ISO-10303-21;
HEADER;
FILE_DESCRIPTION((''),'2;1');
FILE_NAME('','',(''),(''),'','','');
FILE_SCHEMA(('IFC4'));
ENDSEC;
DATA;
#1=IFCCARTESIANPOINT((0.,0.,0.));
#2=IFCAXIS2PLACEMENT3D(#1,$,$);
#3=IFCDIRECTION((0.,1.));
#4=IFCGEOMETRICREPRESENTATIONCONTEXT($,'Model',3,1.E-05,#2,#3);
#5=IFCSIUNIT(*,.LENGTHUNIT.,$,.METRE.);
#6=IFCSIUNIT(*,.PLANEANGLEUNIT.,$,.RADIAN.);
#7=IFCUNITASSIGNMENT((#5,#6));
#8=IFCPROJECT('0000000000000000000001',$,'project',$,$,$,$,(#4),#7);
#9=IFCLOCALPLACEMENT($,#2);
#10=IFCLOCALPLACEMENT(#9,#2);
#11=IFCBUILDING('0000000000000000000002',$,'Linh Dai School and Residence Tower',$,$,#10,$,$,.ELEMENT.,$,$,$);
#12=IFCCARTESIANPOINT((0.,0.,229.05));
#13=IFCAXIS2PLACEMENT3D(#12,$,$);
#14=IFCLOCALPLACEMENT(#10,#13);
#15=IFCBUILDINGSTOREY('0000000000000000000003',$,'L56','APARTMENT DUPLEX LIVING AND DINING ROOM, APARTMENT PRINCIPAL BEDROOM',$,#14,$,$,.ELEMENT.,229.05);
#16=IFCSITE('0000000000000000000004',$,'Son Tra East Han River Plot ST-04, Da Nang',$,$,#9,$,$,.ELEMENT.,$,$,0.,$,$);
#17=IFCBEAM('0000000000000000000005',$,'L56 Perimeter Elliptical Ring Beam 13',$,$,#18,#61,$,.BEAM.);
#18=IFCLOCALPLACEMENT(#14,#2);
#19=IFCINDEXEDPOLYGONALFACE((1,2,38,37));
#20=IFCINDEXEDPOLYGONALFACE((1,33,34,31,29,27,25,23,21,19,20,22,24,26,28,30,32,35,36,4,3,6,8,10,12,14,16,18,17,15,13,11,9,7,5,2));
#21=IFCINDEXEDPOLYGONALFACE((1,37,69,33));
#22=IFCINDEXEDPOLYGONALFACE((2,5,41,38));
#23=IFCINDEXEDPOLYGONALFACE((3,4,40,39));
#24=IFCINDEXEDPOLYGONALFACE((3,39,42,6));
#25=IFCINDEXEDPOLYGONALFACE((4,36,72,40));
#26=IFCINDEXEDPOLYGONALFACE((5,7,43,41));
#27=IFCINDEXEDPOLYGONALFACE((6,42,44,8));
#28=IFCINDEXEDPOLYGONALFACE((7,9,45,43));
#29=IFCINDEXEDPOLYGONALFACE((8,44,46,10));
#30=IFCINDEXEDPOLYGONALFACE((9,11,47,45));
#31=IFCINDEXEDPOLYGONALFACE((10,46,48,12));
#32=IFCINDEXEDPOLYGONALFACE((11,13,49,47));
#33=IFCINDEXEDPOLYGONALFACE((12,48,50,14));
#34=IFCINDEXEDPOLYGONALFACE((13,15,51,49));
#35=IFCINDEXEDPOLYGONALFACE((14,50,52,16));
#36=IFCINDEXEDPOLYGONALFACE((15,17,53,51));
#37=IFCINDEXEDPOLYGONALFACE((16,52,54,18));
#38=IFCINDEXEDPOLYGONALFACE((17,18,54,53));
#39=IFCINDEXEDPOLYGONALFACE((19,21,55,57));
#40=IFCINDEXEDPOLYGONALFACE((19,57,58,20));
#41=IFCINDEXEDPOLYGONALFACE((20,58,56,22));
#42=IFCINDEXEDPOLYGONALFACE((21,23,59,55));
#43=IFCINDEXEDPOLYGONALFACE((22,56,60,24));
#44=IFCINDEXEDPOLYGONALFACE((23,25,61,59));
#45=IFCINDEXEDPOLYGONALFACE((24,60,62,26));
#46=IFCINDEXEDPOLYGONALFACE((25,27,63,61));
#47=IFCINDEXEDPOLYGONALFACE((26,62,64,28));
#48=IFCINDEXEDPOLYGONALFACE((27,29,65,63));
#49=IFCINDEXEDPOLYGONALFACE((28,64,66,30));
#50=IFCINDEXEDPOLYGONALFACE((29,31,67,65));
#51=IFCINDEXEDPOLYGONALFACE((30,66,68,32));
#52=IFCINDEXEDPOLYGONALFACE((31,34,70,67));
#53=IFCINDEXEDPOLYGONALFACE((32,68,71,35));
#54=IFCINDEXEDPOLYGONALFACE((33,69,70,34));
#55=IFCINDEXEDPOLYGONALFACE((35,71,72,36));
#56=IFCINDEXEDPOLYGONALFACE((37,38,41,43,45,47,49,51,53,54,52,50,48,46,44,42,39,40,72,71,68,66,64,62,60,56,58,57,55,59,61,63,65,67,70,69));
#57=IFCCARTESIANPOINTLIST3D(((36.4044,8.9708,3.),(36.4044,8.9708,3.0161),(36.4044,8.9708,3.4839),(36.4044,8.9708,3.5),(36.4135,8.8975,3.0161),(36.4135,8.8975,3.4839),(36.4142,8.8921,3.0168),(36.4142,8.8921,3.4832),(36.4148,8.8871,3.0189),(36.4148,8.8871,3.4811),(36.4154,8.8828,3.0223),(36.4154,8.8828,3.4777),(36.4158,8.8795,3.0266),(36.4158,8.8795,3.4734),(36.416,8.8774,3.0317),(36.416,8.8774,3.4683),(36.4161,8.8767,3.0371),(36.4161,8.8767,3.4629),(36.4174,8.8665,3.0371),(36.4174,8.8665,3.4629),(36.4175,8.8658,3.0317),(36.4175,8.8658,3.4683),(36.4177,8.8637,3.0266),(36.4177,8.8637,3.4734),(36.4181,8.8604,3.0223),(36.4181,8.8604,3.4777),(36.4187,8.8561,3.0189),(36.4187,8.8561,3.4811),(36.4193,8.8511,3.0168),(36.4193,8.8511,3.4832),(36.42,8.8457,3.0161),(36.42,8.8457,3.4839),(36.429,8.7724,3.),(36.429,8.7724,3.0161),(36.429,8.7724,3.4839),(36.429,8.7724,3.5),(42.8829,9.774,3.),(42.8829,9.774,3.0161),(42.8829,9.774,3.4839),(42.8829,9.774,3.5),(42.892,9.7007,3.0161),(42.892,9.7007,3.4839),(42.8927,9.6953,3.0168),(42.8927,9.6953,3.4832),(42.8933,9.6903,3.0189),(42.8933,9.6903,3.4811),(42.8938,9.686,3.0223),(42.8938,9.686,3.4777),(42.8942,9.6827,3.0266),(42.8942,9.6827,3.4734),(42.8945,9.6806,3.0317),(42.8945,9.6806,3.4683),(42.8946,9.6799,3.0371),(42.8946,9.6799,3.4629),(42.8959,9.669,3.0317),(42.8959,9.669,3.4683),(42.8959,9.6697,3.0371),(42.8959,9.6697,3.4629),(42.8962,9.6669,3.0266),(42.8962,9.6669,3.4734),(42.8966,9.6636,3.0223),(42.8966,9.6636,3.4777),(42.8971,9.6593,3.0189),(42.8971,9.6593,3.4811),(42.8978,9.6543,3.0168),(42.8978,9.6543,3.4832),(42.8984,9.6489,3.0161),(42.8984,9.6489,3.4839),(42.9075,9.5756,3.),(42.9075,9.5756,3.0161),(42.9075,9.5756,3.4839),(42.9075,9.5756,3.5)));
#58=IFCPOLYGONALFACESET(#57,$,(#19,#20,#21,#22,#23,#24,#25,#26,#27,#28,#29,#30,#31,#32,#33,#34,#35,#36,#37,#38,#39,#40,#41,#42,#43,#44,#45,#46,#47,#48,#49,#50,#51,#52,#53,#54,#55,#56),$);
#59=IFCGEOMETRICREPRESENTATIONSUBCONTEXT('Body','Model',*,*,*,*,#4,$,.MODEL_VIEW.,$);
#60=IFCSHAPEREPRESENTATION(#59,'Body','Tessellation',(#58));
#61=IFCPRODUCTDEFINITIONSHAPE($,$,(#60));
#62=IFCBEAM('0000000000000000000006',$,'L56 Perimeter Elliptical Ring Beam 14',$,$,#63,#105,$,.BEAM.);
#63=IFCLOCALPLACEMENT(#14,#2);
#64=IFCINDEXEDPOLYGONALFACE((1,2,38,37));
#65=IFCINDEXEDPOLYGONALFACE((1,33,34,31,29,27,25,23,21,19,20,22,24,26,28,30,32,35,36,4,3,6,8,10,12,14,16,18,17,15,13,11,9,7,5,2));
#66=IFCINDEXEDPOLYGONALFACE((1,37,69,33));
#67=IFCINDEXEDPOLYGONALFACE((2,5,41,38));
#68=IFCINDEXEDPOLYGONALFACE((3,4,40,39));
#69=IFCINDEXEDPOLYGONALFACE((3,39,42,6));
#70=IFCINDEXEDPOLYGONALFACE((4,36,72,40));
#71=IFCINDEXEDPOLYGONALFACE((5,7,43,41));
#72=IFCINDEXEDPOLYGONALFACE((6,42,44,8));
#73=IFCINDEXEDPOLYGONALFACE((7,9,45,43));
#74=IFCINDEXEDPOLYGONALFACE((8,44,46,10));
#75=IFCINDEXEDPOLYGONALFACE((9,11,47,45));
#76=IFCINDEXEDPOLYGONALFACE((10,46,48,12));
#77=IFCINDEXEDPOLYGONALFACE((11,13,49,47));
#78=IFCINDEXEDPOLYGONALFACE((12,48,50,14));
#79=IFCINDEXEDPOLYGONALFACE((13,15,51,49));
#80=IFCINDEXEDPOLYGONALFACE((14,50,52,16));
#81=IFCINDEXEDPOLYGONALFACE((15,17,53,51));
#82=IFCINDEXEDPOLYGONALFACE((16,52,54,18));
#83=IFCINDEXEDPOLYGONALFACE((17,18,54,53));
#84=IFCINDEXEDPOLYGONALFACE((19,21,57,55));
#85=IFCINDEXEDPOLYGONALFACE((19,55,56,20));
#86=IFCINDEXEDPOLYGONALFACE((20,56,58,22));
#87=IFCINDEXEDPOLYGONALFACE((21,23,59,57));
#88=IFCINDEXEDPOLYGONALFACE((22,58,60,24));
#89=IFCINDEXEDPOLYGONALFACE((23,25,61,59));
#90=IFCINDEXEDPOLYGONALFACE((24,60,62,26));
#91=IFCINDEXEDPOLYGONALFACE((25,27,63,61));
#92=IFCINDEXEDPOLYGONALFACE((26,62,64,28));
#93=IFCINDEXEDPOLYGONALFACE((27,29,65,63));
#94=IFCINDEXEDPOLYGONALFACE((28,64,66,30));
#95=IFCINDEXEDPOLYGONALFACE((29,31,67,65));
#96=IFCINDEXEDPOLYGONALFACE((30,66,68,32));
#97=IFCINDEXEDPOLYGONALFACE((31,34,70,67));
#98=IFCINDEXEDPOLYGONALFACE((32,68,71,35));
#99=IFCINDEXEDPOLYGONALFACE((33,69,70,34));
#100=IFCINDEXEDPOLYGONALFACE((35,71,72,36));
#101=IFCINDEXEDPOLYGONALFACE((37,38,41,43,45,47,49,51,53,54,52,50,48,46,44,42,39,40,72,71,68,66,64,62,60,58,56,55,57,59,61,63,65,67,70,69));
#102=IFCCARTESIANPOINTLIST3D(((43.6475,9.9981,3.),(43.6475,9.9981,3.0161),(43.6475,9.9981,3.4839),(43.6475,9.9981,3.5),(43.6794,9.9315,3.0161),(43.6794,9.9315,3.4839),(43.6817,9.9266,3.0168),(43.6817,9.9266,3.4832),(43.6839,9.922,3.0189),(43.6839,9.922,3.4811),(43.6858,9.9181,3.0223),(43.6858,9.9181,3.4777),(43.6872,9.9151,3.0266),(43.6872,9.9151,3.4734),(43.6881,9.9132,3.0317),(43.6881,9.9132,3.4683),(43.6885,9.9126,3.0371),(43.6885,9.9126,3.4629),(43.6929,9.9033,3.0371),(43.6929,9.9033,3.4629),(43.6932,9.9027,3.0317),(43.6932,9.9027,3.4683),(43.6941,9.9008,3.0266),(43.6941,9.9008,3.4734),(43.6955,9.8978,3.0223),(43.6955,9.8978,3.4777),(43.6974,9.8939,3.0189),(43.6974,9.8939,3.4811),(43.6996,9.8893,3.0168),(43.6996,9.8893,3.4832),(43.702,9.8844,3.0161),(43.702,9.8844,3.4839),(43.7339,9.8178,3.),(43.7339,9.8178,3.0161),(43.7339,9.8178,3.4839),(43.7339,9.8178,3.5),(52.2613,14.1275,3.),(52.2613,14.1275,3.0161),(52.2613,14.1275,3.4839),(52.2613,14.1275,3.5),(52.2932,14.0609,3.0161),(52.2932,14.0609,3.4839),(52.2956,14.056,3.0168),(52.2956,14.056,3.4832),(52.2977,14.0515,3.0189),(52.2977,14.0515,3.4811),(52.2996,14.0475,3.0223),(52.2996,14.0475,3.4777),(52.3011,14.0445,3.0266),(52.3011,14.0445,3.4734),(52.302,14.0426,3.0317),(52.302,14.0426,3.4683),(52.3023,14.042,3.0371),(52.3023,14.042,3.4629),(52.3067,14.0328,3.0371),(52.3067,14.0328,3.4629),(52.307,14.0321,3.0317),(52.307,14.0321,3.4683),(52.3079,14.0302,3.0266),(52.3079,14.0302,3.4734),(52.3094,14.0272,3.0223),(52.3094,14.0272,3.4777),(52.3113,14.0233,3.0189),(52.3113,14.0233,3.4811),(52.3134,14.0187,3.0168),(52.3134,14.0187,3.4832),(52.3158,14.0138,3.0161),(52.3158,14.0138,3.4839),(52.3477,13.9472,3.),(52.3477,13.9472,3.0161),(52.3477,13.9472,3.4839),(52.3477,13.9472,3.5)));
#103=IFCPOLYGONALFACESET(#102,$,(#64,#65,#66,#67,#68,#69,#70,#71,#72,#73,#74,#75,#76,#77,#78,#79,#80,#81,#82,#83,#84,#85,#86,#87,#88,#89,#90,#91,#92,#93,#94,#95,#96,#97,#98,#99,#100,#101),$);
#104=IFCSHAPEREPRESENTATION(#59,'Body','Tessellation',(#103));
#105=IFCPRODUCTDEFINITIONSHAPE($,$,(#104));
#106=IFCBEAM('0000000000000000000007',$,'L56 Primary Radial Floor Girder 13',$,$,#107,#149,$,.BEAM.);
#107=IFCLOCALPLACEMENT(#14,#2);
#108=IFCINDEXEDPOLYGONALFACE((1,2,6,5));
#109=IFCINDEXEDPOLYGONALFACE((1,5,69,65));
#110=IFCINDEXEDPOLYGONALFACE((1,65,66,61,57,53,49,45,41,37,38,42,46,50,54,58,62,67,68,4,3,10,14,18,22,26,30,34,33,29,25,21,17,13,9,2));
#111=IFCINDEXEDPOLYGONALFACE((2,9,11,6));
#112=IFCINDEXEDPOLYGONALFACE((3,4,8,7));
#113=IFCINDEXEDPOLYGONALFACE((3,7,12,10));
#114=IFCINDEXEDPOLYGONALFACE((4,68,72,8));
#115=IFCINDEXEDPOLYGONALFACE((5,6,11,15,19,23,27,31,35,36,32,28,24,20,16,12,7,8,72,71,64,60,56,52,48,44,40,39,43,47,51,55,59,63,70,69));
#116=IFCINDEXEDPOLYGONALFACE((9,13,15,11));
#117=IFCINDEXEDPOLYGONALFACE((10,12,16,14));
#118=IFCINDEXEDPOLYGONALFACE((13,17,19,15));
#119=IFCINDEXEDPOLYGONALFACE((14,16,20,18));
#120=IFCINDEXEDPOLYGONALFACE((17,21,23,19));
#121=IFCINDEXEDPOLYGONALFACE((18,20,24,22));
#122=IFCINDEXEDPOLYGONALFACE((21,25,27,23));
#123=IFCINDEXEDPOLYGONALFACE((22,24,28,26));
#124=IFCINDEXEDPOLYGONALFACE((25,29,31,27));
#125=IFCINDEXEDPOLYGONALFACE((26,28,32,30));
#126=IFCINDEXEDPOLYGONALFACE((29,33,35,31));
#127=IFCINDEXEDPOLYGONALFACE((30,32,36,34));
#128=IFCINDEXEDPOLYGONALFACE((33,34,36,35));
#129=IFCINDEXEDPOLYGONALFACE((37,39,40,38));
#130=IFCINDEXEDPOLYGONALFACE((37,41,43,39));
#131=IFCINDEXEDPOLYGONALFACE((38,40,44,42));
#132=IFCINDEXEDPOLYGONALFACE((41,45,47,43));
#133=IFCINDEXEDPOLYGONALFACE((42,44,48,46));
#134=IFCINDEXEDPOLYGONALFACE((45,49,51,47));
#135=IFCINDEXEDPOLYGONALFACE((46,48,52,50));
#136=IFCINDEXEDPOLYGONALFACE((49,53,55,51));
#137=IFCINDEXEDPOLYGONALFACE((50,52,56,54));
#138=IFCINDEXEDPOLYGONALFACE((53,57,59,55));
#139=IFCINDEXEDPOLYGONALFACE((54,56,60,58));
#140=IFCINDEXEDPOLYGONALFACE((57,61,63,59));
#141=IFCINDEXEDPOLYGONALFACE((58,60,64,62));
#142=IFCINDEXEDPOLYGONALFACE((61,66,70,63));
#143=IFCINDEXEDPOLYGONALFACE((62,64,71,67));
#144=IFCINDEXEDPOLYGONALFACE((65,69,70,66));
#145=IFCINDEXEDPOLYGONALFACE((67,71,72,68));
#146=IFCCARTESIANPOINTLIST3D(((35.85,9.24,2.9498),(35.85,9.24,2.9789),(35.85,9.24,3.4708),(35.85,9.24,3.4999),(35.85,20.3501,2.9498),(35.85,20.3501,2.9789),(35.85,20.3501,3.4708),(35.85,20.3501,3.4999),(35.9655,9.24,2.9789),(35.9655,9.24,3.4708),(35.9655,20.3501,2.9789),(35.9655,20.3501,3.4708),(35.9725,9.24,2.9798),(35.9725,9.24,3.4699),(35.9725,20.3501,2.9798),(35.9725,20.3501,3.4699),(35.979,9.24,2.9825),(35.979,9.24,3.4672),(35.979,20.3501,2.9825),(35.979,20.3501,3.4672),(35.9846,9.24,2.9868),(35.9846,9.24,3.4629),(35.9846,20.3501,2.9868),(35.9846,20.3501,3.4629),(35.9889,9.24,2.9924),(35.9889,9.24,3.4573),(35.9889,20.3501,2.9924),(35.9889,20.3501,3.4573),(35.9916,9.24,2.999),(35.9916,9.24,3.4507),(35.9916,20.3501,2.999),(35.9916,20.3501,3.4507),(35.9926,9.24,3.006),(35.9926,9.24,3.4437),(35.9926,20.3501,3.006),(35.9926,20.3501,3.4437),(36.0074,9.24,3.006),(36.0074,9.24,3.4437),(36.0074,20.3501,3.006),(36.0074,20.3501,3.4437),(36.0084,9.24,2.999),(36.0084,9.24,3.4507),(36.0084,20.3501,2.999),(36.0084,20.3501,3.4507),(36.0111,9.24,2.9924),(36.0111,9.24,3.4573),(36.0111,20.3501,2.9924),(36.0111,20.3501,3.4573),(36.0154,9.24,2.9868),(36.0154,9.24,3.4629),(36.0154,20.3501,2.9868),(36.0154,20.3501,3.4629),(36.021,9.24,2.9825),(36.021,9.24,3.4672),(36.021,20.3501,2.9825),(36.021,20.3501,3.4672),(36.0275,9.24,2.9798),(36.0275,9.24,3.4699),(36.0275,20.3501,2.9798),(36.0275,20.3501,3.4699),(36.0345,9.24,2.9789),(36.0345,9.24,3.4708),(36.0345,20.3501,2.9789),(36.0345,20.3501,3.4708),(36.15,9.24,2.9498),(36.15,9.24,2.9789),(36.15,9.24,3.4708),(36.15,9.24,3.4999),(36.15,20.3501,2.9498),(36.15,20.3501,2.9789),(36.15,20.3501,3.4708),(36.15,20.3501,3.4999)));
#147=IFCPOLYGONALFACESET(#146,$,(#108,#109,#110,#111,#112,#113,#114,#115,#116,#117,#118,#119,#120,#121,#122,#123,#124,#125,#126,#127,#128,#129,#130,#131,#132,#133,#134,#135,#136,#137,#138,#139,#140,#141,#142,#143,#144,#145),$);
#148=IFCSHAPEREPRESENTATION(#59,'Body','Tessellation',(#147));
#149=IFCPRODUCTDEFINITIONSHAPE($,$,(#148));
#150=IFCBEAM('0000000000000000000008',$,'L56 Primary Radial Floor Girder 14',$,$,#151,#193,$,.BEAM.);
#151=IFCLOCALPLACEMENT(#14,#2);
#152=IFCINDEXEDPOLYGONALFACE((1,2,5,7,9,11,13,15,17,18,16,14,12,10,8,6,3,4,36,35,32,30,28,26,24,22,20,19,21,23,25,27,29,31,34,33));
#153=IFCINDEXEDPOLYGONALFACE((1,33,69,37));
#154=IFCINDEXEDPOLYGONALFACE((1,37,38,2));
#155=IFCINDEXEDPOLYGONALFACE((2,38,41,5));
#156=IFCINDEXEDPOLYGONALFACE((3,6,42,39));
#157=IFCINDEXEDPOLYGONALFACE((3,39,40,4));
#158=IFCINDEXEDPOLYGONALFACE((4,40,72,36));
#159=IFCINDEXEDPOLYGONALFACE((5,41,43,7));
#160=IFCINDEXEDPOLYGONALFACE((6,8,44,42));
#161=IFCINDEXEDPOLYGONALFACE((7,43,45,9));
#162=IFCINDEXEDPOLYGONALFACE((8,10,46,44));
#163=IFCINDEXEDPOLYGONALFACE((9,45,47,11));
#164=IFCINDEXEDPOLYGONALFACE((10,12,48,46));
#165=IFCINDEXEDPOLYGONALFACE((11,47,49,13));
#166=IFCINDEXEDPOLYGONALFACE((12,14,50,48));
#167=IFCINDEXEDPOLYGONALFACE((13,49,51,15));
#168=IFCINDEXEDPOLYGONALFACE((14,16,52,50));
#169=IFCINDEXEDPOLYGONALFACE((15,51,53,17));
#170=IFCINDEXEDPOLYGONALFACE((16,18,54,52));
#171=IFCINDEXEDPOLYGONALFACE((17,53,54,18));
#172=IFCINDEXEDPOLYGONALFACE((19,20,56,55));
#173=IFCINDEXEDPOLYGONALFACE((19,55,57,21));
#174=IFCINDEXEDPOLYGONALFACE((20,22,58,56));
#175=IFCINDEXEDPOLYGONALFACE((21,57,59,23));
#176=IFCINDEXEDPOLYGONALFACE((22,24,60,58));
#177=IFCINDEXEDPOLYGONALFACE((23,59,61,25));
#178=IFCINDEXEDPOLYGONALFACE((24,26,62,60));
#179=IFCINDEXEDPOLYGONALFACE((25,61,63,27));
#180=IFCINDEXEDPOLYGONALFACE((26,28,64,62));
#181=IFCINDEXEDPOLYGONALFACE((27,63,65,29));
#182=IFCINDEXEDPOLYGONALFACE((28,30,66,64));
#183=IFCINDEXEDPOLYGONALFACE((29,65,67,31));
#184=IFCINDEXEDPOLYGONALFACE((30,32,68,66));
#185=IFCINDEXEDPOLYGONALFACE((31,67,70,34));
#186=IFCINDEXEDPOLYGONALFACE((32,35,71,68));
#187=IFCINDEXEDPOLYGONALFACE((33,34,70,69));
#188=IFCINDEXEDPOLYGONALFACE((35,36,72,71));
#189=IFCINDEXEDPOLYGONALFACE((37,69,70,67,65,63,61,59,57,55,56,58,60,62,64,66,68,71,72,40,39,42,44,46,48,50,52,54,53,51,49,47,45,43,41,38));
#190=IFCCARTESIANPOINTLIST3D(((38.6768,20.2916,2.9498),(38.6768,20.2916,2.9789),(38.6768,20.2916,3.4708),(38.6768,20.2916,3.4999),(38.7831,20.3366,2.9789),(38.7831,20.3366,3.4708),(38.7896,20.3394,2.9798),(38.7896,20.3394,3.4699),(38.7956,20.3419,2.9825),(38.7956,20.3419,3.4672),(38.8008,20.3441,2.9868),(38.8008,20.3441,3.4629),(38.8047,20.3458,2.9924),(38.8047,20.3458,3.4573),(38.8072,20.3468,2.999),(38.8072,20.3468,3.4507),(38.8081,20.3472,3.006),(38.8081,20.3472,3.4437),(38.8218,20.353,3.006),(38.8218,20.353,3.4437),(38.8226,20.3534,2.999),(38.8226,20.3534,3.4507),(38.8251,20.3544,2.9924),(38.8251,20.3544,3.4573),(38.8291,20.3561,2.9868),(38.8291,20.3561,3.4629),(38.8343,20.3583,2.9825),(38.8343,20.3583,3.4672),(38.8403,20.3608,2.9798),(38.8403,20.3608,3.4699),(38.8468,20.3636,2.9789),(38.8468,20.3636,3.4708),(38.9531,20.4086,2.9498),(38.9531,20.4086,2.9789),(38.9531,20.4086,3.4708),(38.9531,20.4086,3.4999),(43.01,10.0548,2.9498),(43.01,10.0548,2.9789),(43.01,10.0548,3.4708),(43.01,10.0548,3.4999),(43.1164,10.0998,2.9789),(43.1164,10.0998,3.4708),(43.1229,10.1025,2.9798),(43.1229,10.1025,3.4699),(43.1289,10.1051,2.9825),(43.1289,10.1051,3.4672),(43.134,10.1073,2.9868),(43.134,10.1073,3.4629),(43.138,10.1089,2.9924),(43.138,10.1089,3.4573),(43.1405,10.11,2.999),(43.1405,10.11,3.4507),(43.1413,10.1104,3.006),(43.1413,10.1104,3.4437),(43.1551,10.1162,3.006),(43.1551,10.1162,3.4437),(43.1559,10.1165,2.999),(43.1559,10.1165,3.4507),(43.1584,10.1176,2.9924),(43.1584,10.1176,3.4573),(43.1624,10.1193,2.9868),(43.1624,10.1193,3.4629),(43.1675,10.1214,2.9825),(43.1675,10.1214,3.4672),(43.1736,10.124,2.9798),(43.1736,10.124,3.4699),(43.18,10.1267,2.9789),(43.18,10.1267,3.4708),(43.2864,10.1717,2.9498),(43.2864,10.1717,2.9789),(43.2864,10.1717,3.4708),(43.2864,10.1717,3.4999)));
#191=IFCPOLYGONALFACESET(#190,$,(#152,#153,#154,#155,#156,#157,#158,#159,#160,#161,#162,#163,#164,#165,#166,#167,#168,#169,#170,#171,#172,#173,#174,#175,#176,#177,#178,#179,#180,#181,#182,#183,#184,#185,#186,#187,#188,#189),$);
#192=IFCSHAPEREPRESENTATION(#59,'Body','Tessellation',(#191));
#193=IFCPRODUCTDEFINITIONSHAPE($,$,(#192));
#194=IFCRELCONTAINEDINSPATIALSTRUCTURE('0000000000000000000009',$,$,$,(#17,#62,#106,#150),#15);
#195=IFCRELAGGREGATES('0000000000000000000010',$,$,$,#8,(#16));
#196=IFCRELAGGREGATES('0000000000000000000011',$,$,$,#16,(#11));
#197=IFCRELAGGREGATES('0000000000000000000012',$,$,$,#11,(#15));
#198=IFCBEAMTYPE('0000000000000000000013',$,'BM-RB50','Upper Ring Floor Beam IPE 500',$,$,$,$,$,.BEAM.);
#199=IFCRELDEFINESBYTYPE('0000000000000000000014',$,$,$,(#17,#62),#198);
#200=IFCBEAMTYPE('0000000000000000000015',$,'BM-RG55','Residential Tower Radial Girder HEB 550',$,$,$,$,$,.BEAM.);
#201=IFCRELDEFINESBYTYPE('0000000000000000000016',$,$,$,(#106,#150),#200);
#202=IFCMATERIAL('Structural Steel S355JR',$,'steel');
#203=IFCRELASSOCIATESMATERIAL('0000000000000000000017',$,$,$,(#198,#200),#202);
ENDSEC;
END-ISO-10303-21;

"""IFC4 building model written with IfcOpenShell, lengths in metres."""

from ifc_helpers import new_model, si_unit, direction, frame, origin, origin_2d, place, context, subcontext, project, spatial, i_section, extrude, material, material_profile, profile_set, type_object, element, save


model = new_model("IFC4")

# Units and contexts
model_context = context("Model", 3, precision=1e-05, world=origin(), true_north=direction((0.0, 1.0)))
body_context = subcontext(model_context, "Body", "Model", "MODEL_VIEW")
ifc_project = project(units=[si_unit("LENGTHUNIT", "METRE"), si_unit("PLANEANGLEUNIT", "RADIAN")], contexts=[model_context])

# Site, building, storey
site_placement = place(None, origin())
site = spatial("IfcSite", under=ifc_project, at=site_placement, Name="Son Tra East Han River Plot ST-04, Da Nang", CompositionType="ELEMENT", RefElevation=0.0)
building_placement = place(site_placement, origin())
building = spatial("IfcBuilding", under=site, at=building_placement, Name="Linh Dai School and Residence Tower", CompositionType="ELEMENT")
storey_placement = place(building_placement, frame((0.0, 0.0, 229.05)))
storey = spatial("IfcBuildingStorey", under=building, at=storey_placement, Name="L56", Description="APARTMENT DUPLEX LIVING AND DINING ROOM, APARTMENT PRINCIPAL BEDROOM", CompositionType="ELEMENT", Elevation=229.05)

# Shared definitions
ifc_material_1 = material(Name="Structural Steel S355JR", Category="steel")

# Beams
ifc_material_profile_1 = material_profile(ifc_material_1, i_section(OverallWidth=0.2, OverallDepth=0.5, WebThickness=0.0103, FlangeThickness=0.0161, FilletRadius=0.021, at=origin_2d()), Name="IPE 500")
ifc_profile_set_1 = profile_set([ifc_material_profile_1], Name="Structural Steel S355JR")
beam_type_1 = type_object("IfcBeamType", Name="BM-RB50", Description="Upper Ring Floor Beam IPE 500", PredefinedType="BEAM", material=ifc_profile_set_1)
beam_1_placement = place(storey_placement, frame((36.4167, 8.8716, 3.25), z_axis=(0.992402, 0.12304, 0.0), x_axis=(-0.12304, 0.992402, 0.0)))
element("IfcBeam", 1, at=beam_1_placement, inside=storey, type_object=beam_type_1, Name="L56 Perimeter Elliptical Ring Beam 13", PredefinedType="BEAM", context=body_context, shape_type="SweptSolid", body=[
    extrude(i_section(OverallWidth=0.2, OverallDepth=0.5, WebThickness=0.0103, FlangeThickness=0.0161, FilletRadius=0.021, at=origin_2d()), origin(), (0.0, 0.0, 1.0), 6.5281),
])
beam_2_placement = place(storey_placement, frame((43.6907, 9.908, 3.25), z_axis=(0.901736, 0.432287, 0.0), x_axis=(-0.432287, 0.901736, 0.0)))
element("IfcBeam", 2, at=beam_2_placement, inside=storey, type_object=beam_type_1, Name="L56 Perimeter Elliptical Ring Beam 14", PredefinedType="BEAM", context=body_context, shape_type="SweptSolid", body=[
    extrude(i_section(OverallWidth=0.2, OverallDepth=0.5, WebThickness=0.0103, FlangeThickness=0.0161, FilletRadius=0.021, at=origin_2d()), origin(), (0.0, 0.0, 1.0), 9.5525),
])
ifc_material_profile_2 = material_profile(ifc_material_1, i_section(OverallWidth=0.3, OverallDepth=0.55, WebThickness=0.0149, FlangeThickness=0.0291, FilletRadius=0.0271, at=origin_2d()), Name="HEB 550")
ifc_profile_set_2 = profile_set([ifc_material_profile_2], Name="Structural Steel S355JR")
beam_type_2 = type_object("IfcBeamType", Name="BM-RG55", Description="Residential Tower Radial Girder HEB 550", PredefinedType="BEAM", material=ifc_profile_set_2)
beam_3_placement = place(storey_placement, frame((36.0, 20.3501, 3.2249), z_axis=(0.0, -1.0, 0.0), x_axis=(1.0, 0.0, 0.0)))
element("IfcBeam", 3, at=beam_3_placement, inside=storey, type_object=beam_type_2, Name="L56 Primary Radial Floor Girder 13", PredefinedType="BEAM", context=body_context, shape_type="SweptSolid", body=[
    extrude(i_section(OverallWidth=0.3, OverallDepth=0.55, WebThickness=0.0149, FlangeThickness=0.0291, FilletRadius=0.0271, at=origin_2d()), origin(), (0.0, 0.0, 1.0), 11.1101),
])
beam_4_placement = place(storey_placement, frame((38.8149, 20.3501, 3.2249), z_axis=(0.389815, -0.920893, 0.0), x_axis=(0.920893, 0.389815, 0.0)))
element("IfcBeam", 4, at=beam_4_placement, inside=storey, type_object=beam_type_2, Name="L56 Primary Radial Floor Girder 14", PredefinedType="BEAM", context=body_context, shape_type="SweptSolid", body=[
    extrude(i_section(OverallWidth=0.3, OverallDepth=0.55, WebThickness=0.0149, FlangeThickness=0.0291, FilletRadius=0.0271, at=origin_2d()), origin(), (0.0, 0.0, 1.0), 11.1162),
])

save(model, "model.ifc")
